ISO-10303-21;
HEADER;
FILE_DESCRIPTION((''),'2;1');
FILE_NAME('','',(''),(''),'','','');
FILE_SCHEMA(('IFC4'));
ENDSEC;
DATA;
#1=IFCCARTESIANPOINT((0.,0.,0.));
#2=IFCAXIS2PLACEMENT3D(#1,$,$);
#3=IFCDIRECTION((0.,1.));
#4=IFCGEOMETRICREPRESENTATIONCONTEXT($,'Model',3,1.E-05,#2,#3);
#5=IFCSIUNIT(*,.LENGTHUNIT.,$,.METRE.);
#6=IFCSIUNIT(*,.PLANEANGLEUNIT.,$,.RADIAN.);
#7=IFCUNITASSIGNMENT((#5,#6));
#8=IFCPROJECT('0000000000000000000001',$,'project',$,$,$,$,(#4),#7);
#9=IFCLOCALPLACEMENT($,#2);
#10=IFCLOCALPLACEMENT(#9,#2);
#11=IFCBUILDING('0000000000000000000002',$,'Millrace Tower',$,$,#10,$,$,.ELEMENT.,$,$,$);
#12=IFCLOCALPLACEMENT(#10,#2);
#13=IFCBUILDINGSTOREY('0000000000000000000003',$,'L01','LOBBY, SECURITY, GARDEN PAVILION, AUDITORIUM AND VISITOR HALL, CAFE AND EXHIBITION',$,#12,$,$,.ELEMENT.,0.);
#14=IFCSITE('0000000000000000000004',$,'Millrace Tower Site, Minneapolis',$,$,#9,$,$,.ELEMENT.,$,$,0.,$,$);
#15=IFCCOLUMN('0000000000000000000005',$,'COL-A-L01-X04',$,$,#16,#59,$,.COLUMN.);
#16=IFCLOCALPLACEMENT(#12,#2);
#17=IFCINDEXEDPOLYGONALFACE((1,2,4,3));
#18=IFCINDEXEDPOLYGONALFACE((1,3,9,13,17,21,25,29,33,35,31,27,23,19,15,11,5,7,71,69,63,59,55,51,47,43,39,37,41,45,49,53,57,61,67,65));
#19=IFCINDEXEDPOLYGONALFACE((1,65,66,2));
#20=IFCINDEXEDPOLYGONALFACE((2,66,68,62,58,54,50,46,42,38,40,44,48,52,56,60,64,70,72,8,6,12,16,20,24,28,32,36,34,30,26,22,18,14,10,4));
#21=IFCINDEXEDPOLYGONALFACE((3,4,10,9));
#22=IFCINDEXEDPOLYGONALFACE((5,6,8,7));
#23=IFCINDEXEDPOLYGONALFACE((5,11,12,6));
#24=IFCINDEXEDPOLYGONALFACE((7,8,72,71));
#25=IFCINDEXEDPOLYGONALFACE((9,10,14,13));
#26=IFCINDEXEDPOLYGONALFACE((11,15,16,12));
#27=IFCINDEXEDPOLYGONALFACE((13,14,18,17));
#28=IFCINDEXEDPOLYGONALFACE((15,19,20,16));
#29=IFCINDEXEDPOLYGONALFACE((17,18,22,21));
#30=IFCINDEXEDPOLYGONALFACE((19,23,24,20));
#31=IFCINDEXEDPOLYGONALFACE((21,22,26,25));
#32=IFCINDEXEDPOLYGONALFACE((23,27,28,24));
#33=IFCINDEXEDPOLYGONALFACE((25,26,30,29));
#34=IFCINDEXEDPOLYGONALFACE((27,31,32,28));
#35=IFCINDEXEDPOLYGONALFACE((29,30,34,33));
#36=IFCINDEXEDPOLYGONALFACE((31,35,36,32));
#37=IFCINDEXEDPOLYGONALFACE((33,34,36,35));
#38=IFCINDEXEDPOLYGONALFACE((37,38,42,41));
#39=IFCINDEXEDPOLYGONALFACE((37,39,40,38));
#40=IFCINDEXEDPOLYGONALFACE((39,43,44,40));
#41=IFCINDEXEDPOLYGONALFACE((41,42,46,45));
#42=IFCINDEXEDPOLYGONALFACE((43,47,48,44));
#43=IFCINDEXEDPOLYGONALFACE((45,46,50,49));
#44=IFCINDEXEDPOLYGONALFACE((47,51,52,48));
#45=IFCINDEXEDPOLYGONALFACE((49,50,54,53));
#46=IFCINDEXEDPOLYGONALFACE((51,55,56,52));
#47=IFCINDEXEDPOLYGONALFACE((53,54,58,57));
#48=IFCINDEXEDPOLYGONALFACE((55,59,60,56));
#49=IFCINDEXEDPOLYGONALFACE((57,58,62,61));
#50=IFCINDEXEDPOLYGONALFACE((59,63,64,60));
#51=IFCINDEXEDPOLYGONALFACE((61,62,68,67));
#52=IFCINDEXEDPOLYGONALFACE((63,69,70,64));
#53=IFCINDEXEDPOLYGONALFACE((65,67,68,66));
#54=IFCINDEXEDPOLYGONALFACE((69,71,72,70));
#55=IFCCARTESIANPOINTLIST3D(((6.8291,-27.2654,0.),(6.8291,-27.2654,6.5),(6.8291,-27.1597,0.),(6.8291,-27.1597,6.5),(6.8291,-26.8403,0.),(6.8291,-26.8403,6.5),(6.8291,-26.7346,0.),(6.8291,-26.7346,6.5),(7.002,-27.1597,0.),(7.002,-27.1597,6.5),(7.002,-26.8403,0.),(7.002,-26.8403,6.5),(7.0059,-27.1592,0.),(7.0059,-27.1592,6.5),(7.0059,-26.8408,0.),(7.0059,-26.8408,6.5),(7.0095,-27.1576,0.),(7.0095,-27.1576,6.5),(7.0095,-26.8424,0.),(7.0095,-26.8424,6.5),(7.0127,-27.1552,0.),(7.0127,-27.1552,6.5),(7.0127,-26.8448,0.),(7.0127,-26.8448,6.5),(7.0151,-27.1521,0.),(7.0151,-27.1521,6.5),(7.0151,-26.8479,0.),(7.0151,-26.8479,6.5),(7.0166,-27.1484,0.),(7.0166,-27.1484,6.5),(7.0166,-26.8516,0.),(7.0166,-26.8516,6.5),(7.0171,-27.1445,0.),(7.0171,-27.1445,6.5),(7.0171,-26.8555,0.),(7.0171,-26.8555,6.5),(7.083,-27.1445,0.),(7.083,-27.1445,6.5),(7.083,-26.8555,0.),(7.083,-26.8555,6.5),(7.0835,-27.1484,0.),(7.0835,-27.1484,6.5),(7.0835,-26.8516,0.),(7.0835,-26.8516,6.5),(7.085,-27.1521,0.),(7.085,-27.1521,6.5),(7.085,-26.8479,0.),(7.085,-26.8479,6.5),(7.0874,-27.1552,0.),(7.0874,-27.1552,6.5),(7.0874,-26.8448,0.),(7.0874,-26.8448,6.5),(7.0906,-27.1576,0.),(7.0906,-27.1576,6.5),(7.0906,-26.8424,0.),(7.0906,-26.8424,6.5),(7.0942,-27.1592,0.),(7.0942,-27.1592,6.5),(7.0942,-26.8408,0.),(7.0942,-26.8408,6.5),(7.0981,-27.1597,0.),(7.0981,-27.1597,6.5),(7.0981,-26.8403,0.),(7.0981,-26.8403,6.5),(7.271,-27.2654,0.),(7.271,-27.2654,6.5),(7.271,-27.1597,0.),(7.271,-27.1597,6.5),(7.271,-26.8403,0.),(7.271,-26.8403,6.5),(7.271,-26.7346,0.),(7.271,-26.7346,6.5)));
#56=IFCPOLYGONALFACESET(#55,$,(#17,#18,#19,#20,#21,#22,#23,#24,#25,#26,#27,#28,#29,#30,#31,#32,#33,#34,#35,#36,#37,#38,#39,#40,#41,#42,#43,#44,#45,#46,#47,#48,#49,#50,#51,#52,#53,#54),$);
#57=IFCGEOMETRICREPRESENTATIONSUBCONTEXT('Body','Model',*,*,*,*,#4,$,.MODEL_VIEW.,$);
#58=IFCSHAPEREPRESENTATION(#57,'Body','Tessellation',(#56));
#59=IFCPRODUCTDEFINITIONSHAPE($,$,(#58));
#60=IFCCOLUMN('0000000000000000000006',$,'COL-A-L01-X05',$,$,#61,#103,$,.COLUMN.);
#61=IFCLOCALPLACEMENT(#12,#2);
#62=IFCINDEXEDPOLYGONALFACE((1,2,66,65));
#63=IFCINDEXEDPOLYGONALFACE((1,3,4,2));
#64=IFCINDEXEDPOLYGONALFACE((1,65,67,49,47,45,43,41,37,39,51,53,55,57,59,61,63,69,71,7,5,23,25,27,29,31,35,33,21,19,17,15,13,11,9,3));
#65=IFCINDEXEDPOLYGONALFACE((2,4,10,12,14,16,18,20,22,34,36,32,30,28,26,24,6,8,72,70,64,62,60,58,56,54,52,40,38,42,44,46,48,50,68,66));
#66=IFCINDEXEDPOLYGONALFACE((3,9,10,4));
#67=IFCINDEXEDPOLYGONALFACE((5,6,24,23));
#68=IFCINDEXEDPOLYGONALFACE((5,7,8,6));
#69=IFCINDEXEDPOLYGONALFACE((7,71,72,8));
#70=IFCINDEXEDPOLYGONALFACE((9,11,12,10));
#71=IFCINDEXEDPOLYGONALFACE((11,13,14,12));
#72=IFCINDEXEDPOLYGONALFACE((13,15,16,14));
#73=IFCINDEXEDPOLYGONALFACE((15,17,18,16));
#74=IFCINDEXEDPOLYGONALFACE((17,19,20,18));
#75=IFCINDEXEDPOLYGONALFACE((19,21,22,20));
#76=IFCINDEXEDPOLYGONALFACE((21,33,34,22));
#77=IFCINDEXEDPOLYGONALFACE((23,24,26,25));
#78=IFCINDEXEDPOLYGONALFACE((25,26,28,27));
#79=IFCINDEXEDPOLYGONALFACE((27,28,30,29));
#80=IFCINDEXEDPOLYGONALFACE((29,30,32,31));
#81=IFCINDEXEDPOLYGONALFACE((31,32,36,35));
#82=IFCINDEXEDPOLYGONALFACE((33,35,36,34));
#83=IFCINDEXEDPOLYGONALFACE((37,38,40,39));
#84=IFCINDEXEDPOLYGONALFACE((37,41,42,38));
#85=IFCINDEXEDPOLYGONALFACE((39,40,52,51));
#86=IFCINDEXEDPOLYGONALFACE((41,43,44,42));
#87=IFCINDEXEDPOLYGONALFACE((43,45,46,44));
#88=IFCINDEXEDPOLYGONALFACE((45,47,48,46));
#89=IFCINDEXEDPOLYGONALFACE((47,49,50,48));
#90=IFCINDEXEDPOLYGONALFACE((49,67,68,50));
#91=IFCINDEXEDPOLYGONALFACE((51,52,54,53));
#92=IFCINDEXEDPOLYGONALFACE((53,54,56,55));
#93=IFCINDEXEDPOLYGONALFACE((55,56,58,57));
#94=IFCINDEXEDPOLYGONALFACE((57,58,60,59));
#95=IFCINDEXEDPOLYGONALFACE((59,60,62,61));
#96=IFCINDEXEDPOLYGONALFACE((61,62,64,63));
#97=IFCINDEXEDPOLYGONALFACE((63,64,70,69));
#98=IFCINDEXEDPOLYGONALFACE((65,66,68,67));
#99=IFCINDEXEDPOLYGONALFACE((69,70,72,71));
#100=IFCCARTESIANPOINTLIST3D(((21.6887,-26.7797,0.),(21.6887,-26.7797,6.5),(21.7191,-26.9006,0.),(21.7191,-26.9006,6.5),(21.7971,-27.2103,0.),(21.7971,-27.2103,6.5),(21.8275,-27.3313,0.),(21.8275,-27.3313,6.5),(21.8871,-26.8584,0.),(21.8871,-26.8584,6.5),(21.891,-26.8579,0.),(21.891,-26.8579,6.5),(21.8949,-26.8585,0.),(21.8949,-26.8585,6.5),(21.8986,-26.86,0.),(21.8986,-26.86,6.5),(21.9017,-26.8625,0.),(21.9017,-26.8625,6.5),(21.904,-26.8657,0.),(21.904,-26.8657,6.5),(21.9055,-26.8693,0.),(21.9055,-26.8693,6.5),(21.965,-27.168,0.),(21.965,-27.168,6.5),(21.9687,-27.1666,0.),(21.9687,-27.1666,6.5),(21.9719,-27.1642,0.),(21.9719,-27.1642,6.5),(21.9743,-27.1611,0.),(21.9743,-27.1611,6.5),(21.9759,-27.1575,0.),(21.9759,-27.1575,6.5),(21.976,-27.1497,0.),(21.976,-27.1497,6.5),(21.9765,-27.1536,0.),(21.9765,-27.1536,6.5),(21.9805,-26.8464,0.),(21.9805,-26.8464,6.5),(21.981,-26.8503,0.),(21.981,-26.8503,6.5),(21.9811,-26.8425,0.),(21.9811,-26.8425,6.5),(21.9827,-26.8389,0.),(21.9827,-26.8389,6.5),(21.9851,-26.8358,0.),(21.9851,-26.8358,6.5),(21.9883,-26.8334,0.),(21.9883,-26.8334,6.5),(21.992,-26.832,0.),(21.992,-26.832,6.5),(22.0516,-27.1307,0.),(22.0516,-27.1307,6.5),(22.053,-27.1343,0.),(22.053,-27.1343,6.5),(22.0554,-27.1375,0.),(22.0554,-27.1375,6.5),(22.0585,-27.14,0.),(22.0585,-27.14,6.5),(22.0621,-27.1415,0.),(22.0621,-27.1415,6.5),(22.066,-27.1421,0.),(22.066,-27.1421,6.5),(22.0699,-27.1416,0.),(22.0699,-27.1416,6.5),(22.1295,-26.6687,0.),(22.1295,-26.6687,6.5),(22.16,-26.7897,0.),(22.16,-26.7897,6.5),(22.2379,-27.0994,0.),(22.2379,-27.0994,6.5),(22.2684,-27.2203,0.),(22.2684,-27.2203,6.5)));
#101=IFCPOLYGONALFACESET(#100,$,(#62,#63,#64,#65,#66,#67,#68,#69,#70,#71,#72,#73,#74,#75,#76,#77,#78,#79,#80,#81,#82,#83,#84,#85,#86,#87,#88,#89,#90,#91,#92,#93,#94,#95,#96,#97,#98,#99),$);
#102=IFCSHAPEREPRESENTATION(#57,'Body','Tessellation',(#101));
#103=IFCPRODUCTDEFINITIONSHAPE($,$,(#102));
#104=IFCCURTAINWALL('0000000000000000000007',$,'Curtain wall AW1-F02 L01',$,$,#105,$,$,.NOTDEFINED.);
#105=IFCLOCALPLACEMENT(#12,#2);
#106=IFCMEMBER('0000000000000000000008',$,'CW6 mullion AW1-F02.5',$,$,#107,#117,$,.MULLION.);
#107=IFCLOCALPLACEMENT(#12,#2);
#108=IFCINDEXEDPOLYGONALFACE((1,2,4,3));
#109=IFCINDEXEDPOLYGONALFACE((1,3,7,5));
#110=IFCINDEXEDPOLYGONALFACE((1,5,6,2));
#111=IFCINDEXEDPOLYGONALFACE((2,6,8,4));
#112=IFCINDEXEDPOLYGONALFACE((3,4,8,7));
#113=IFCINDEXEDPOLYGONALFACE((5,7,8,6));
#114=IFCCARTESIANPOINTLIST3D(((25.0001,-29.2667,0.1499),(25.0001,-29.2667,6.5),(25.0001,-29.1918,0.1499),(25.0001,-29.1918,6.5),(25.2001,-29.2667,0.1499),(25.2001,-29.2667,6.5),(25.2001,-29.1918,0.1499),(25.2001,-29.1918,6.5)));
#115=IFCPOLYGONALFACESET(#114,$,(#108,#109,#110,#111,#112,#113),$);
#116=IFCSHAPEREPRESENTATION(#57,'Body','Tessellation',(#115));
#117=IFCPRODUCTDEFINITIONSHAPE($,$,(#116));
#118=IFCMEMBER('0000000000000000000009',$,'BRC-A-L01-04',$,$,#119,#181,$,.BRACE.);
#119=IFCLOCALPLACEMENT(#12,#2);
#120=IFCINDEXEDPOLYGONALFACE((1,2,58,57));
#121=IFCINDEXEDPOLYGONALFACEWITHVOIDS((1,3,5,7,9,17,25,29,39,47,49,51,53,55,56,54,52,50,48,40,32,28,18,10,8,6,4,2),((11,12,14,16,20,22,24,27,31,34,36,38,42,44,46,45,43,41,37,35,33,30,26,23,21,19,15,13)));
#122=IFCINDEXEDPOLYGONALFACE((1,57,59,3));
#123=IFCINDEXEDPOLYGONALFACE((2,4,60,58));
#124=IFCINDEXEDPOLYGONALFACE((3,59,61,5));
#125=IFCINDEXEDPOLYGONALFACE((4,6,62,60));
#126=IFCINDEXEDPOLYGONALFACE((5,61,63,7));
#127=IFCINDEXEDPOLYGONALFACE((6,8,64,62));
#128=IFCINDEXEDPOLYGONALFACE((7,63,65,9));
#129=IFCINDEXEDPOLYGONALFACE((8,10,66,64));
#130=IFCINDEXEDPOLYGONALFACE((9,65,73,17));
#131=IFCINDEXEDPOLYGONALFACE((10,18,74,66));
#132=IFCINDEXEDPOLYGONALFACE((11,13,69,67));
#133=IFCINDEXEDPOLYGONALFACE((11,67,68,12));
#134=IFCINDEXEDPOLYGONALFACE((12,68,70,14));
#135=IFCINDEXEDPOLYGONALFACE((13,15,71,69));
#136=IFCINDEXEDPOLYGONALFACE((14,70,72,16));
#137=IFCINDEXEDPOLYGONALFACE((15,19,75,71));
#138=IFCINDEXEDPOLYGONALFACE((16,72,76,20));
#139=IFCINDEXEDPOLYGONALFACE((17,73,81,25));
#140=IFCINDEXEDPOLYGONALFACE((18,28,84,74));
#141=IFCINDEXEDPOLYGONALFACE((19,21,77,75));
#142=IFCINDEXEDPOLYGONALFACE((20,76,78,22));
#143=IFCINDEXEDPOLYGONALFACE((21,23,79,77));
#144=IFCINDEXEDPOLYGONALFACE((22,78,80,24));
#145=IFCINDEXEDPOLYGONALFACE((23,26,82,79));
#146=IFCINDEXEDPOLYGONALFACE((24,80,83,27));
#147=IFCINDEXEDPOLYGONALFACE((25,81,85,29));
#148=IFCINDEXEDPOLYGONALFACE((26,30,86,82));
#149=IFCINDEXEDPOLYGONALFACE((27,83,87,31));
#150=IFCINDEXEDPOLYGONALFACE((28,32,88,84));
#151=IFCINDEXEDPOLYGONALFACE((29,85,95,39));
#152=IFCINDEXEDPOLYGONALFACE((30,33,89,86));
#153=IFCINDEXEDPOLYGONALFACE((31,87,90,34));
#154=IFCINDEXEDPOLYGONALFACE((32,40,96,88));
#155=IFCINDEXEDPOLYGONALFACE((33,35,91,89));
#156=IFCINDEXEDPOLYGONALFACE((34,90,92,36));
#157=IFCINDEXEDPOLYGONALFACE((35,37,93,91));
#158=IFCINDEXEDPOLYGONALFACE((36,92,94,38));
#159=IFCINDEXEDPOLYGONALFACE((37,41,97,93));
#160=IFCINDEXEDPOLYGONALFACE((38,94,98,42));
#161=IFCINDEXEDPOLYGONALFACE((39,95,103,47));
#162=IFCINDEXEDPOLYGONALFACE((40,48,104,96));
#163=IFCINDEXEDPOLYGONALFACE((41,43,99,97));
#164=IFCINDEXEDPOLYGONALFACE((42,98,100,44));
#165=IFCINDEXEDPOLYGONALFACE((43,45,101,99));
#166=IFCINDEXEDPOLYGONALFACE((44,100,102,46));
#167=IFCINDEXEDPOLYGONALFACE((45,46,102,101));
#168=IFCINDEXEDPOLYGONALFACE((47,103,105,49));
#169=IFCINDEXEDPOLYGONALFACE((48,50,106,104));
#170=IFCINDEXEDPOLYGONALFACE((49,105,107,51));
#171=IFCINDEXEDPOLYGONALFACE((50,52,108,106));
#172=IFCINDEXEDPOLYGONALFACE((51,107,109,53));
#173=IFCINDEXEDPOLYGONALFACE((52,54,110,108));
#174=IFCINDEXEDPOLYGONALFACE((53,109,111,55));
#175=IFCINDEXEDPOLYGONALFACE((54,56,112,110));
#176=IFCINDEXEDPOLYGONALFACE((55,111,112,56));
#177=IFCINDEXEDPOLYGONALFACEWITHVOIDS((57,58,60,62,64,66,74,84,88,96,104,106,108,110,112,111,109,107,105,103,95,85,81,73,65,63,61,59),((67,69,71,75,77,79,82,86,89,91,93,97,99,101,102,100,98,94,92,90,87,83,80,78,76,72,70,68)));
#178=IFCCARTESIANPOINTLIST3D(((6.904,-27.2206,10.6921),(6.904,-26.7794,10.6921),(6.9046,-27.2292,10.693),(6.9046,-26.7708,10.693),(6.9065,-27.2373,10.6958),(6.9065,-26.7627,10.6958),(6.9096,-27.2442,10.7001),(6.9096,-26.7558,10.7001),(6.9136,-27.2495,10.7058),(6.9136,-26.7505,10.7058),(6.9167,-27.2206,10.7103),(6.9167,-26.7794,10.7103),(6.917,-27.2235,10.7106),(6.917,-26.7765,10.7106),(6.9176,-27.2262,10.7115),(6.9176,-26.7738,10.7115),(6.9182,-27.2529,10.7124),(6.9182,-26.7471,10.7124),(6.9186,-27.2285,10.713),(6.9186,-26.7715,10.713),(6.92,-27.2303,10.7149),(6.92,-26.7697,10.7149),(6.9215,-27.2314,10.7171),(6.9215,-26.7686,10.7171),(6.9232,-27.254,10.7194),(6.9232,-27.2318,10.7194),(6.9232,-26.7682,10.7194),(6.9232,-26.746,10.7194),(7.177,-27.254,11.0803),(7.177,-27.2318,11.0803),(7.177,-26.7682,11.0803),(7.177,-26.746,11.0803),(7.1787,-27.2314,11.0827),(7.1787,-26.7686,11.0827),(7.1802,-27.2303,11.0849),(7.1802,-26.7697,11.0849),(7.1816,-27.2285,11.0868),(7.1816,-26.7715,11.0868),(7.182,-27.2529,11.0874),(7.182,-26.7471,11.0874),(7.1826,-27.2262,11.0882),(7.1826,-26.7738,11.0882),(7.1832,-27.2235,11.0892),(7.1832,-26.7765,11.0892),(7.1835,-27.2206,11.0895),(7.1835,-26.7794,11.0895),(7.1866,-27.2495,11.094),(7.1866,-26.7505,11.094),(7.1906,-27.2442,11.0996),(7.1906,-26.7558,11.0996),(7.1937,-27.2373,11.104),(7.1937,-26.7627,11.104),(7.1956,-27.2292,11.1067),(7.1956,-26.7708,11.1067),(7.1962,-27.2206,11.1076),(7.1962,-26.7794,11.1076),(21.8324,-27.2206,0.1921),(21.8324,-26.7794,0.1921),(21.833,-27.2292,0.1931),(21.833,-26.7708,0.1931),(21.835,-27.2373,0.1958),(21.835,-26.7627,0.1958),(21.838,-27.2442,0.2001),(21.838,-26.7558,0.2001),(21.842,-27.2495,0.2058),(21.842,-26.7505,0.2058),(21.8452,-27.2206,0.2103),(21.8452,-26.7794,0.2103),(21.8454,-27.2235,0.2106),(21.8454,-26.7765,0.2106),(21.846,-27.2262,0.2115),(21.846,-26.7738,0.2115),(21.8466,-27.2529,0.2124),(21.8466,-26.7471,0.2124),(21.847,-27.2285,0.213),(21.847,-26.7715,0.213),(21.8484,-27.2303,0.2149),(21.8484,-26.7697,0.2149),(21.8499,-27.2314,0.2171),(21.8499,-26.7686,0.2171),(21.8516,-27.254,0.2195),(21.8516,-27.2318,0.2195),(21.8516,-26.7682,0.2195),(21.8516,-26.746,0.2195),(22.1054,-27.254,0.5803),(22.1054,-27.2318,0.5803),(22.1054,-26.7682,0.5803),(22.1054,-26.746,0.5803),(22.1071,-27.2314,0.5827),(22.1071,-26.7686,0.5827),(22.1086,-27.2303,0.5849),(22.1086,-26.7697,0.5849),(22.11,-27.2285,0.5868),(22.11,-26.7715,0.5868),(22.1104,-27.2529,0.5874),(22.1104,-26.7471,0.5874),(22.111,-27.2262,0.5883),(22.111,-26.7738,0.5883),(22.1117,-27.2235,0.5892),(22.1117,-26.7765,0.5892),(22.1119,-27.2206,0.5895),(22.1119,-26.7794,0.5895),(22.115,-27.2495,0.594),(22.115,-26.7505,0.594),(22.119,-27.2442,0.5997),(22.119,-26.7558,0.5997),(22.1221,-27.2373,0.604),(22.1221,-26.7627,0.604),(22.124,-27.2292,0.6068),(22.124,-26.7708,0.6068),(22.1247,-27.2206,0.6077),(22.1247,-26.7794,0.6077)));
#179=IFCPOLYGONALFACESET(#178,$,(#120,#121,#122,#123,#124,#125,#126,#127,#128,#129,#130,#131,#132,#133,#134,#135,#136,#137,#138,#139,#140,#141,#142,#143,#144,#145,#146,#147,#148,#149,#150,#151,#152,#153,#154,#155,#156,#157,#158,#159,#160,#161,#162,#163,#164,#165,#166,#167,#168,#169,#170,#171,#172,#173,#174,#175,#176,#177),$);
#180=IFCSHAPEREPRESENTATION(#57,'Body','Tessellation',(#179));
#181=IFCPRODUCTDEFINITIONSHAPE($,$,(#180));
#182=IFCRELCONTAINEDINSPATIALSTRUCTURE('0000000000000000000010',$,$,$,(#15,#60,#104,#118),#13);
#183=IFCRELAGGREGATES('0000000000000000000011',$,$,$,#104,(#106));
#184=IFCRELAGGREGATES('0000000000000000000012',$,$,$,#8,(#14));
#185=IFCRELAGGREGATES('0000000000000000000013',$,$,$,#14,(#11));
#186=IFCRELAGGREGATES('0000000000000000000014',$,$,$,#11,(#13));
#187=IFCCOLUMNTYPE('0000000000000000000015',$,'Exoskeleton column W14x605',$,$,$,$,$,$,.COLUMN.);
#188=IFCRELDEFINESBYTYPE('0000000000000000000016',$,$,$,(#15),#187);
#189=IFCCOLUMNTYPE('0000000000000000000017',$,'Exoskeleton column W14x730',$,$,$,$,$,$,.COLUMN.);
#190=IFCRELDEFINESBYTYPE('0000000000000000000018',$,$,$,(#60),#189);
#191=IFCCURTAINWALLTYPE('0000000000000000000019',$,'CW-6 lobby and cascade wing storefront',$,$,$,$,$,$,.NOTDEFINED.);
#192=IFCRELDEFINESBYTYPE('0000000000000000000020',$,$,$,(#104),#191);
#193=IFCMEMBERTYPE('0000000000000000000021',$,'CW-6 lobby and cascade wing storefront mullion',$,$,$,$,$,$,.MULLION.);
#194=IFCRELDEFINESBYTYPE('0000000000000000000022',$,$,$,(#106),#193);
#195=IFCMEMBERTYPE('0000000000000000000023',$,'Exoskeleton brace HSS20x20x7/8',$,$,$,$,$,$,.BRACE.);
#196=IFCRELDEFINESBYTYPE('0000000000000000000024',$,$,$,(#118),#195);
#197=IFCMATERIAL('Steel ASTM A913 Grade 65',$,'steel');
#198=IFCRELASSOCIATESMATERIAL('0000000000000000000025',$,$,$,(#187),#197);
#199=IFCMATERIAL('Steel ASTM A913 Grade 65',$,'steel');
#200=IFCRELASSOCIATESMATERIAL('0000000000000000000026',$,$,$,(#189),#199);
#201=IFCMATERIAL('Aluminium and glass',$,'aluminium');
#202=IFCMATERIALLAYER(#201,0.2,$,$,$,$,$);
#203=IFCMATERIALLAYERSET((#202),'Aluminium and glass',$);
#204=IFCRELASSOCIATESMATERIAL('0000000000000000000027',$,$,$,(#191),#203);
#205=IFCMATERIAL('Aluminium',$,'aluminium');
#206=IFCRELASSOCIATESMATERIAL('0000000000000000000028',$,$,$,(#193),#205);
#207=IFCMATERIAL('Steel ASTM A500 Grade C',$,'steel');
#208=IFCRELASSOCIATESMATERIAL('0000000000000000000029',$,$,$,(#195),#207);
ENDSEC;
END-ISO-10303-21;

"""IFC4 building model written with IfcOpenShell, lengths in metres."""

from ifc_helpers import new_model, si_unit, direction, frame, origin, origin_2d, place, context, subcontext, project, spatial, rectangle, hollow_rectangle, i_section, extrude, material, layer, layer_set, material_profile, profile_set, type_object, element, aggregate, save


model = new_model("IFC4")

# Units and contexts
model_context = context("Model", 3, precision=1e-05, world=origin(), true_north=direction((0.0, 1.0)))
body_context = subcontext(model_context, "Body", "Model", "MODEL_VIEW")
ifc_project = project(units=[si_unit("LENGTHUNIT", "METRE"), si_unit("PLANEANGLEUNIT", "RADIAN")], contexts=[model_context])

# Site, building, storey
site_placement = place(None, origin())
site = spatial("IfcSite", under=ifc_project, at=site_placement, Name="Millrace Tower Site, Minneapolis", CompositionType="ELEMENT", RefElevation=0.0)
building_placement = place(site_placement, origin())
building = spatial("IfcBuilding", under=site, at=building_placement, Name="Millrace Tower", CompositionType="ELEMENT")
storey_placement = place(building_placement, origin())
storey = spatial("IfcBuildingStorey", under=building, at=storey_placement, Name="L01", Description="LOBBY, SECURITY, GARDEN PAVILION, AUDITORIUM AND VISITOR HALL, CAFE AND EXHIBITION", CompositionType="ELEMENT", Elevation=0.0)

# Columns
ifc_material_1 = material(Name="Steel ASTM A913 Grade 65", Category="steel")
ifc_material_profile_1 = material_profile(ifc_material_1, i_section(OverallWidth=0.4419, OverallDepth=0.5308, WebThickness=0.0659, FlangeThickness=0.1057, FilletRadius=0.0151, at=origin_2d()))
ifc_profile_set_1 = profile_set([ifc_material_profile_1], Name="Steel ASTM A913 Grade 65")
column_type_1 = type_object("IfcColumnType", Name="Exoskeleton column W14x605", PredefinedType="COLUMN", material=ifc_profile_set_1)
column_1_placement = place(storey_placement, frame((7.05, -27.0, 0.0), z_axis=(0.0, 0.0, 1.0), x_axis=(1.0, 0.0, 0.0)))
element("IfcColumn", 1, at=column_1_placement, inside=storey, type_object=column_type_1, Name="COL-A-L01-X04", PredefinedType="COLUMN", context=body_context, shape_type="SweptSolid", body=[
    extrude(i_section(OverallWidth=0.4419, OverallDepth=0.5308, WebThickness=0.0659, FlangeThickness=0.1057, FilletRadius=0.0151, at=origin_2d()), origin(), (0.0, 0.0, 1.0), 6.5),
])
ifc_material_2 = material(Name="Steel ASTM A913 Grade 65", Category="steel")
ifc_material_profile_2 = material_profile(ifc_material_2, i_section(OverallWidth=0.4546, OverallDepth=0.5688, WebThickness=0.0779, FlangeThickness=0.1248, FilletRadius=0.0151, at=origin_2d()))
ifc_profile_set_2 = profile_set([ifc_material_profile_2], Name="Steel ASTM A913 Grade 65")
column_type_2 = type_object("IfcColumnType", Name="Exoskeleton column W14x730", PredefinedType="COLUMN", material=ifc_profile_set_2)
column_2_placement = place(storey_placement, frame((21.9785, -27.0, 0.0), z_axis=(0.0, 0.0, 1.0), x_axis=(0.969752, 0.244094, 0.0)))
element("IfcColumn", 2, at=column_2_placement, inside=storey, type_object=column_type_2, Name="COL-A-L01-X05", PredefinedType="COLUMN", context=body_context, shape_type="SweptSolid", body=[
    extrude(i_section(OverallWidth=0.4546, OverallDepth=0.5688, WebThickness=0.0779, FlangeThickness=0.1248, FilletRadius=0.0151, at=origin_2d()), origin(), (0.0, 0.0, 1.0), 6.5),
])

# Curtain wall, member
ifc_material_3 = material(Name="Aluminium and glass", Category="aluminium")
ifc_layer_1 = layer(ifc_material_3, 0.2)
ifc_layer_set_1 = layer_set([ifc_layer_1], Name="Aluminium and glass")
curtain_wall_type = type_object("IfcCurtainWallType", Name="CW-6 lobby and cascade wing storefront", PredefinedType="NOTDEFINED", material=ifc_layer_set_1)
curtain_wall_placement = place(storey_placement, origin())
curtain_wall = element("IfcCurtainWall", 3, at=curtain_wall_placement, inside=storey, type_object=curtain_wall_type, Name="Curtain wall AW1-F02 L01", PredefinedType="NOTDEFINED")
ifc_material_4 = material(Name="Aluminium", Category="aluminium")
ifc_material_profile_3 = material_profile(ifc_material_4, rectangle(XDim=0.075, YDim=0.2, at=origin_2d()))
ifc_profile_set_3 = profile_set([ifc_material_profile_3], Name="Aluminium")
member_type_1 = type_object("IfcMemberType", Name="CW-6 lobby and cascade wing storefront mullion", PredefinedType="MULLION", material=ifc_profile_set_3)
member_1_placement = place(storey_placement, frame((25.1001, -29.2292, 0.1499), z_axis=(0.0, 0.0, 1.0), x_axis=(0.0, 1.0, 0.0)))
member_1 = element("IfcMember", 4, at=member_1_placement, type_object=member_type_1, Name="CW6 mullion AW1-F02.5", PredefinedType="MULLION", context=body_context, shape_type="SweptSolid", body=[
    extrude(rectangle(XDim=0.075, YDim=0.2, at=origin_2d()), origin(), (0.0, 0.0, 1.0), 6.3501),
])
aggregate(curtain_wall, [member_1])

# Member
ifc_material_5 = material(Name="Steel ASTM A500 Grade C", Category="steel")
ifc_material_profile_4 = material_profile(ifc_material_5, hollow_rectangle(XDim=0.5081, YDim=0.5081, WallThickness=0.0222, InnerFilletRadius=0.0112, OuterFilletRadius=0.0334, at=origin_2d()))
ifc_profile_set_4 = profile_set([ifc_material_profile_4], Name="Steel ASTM A500 Grade C")
member_type_2 = type_object("IfcMemberType", Name="Exoskeleton brace HSS20x20x7/8", PredefinedType="BRACE", material=ifc_profile_set_4)
member_2_placement = place(storey_placement, frame((21.9785, -27.0, 0.3999), z_axis=(-0.817941, 0.0, 0.575302), x_axis=(0.0, -1.0, 0.0)))
element("IfcMember", 5, at=member_2_placement, inside=storey, type_object=member_type_2, Name="BRC-A-L01-04", PredefinedType="BRACE", context=body_context, shape_type="SweptSolid", body=[
    extrude(hollow_rectangle(XDim=0.5081, YDim=0.5081, WallThickness=0.0222, InnerFilletRadius=0.0112, OuterFilletRadius=0.0334, at=origin_2d()), origin(), (0.0, 0.0, 1.0), 18.2512),
])

save(model, "model.ifc")
